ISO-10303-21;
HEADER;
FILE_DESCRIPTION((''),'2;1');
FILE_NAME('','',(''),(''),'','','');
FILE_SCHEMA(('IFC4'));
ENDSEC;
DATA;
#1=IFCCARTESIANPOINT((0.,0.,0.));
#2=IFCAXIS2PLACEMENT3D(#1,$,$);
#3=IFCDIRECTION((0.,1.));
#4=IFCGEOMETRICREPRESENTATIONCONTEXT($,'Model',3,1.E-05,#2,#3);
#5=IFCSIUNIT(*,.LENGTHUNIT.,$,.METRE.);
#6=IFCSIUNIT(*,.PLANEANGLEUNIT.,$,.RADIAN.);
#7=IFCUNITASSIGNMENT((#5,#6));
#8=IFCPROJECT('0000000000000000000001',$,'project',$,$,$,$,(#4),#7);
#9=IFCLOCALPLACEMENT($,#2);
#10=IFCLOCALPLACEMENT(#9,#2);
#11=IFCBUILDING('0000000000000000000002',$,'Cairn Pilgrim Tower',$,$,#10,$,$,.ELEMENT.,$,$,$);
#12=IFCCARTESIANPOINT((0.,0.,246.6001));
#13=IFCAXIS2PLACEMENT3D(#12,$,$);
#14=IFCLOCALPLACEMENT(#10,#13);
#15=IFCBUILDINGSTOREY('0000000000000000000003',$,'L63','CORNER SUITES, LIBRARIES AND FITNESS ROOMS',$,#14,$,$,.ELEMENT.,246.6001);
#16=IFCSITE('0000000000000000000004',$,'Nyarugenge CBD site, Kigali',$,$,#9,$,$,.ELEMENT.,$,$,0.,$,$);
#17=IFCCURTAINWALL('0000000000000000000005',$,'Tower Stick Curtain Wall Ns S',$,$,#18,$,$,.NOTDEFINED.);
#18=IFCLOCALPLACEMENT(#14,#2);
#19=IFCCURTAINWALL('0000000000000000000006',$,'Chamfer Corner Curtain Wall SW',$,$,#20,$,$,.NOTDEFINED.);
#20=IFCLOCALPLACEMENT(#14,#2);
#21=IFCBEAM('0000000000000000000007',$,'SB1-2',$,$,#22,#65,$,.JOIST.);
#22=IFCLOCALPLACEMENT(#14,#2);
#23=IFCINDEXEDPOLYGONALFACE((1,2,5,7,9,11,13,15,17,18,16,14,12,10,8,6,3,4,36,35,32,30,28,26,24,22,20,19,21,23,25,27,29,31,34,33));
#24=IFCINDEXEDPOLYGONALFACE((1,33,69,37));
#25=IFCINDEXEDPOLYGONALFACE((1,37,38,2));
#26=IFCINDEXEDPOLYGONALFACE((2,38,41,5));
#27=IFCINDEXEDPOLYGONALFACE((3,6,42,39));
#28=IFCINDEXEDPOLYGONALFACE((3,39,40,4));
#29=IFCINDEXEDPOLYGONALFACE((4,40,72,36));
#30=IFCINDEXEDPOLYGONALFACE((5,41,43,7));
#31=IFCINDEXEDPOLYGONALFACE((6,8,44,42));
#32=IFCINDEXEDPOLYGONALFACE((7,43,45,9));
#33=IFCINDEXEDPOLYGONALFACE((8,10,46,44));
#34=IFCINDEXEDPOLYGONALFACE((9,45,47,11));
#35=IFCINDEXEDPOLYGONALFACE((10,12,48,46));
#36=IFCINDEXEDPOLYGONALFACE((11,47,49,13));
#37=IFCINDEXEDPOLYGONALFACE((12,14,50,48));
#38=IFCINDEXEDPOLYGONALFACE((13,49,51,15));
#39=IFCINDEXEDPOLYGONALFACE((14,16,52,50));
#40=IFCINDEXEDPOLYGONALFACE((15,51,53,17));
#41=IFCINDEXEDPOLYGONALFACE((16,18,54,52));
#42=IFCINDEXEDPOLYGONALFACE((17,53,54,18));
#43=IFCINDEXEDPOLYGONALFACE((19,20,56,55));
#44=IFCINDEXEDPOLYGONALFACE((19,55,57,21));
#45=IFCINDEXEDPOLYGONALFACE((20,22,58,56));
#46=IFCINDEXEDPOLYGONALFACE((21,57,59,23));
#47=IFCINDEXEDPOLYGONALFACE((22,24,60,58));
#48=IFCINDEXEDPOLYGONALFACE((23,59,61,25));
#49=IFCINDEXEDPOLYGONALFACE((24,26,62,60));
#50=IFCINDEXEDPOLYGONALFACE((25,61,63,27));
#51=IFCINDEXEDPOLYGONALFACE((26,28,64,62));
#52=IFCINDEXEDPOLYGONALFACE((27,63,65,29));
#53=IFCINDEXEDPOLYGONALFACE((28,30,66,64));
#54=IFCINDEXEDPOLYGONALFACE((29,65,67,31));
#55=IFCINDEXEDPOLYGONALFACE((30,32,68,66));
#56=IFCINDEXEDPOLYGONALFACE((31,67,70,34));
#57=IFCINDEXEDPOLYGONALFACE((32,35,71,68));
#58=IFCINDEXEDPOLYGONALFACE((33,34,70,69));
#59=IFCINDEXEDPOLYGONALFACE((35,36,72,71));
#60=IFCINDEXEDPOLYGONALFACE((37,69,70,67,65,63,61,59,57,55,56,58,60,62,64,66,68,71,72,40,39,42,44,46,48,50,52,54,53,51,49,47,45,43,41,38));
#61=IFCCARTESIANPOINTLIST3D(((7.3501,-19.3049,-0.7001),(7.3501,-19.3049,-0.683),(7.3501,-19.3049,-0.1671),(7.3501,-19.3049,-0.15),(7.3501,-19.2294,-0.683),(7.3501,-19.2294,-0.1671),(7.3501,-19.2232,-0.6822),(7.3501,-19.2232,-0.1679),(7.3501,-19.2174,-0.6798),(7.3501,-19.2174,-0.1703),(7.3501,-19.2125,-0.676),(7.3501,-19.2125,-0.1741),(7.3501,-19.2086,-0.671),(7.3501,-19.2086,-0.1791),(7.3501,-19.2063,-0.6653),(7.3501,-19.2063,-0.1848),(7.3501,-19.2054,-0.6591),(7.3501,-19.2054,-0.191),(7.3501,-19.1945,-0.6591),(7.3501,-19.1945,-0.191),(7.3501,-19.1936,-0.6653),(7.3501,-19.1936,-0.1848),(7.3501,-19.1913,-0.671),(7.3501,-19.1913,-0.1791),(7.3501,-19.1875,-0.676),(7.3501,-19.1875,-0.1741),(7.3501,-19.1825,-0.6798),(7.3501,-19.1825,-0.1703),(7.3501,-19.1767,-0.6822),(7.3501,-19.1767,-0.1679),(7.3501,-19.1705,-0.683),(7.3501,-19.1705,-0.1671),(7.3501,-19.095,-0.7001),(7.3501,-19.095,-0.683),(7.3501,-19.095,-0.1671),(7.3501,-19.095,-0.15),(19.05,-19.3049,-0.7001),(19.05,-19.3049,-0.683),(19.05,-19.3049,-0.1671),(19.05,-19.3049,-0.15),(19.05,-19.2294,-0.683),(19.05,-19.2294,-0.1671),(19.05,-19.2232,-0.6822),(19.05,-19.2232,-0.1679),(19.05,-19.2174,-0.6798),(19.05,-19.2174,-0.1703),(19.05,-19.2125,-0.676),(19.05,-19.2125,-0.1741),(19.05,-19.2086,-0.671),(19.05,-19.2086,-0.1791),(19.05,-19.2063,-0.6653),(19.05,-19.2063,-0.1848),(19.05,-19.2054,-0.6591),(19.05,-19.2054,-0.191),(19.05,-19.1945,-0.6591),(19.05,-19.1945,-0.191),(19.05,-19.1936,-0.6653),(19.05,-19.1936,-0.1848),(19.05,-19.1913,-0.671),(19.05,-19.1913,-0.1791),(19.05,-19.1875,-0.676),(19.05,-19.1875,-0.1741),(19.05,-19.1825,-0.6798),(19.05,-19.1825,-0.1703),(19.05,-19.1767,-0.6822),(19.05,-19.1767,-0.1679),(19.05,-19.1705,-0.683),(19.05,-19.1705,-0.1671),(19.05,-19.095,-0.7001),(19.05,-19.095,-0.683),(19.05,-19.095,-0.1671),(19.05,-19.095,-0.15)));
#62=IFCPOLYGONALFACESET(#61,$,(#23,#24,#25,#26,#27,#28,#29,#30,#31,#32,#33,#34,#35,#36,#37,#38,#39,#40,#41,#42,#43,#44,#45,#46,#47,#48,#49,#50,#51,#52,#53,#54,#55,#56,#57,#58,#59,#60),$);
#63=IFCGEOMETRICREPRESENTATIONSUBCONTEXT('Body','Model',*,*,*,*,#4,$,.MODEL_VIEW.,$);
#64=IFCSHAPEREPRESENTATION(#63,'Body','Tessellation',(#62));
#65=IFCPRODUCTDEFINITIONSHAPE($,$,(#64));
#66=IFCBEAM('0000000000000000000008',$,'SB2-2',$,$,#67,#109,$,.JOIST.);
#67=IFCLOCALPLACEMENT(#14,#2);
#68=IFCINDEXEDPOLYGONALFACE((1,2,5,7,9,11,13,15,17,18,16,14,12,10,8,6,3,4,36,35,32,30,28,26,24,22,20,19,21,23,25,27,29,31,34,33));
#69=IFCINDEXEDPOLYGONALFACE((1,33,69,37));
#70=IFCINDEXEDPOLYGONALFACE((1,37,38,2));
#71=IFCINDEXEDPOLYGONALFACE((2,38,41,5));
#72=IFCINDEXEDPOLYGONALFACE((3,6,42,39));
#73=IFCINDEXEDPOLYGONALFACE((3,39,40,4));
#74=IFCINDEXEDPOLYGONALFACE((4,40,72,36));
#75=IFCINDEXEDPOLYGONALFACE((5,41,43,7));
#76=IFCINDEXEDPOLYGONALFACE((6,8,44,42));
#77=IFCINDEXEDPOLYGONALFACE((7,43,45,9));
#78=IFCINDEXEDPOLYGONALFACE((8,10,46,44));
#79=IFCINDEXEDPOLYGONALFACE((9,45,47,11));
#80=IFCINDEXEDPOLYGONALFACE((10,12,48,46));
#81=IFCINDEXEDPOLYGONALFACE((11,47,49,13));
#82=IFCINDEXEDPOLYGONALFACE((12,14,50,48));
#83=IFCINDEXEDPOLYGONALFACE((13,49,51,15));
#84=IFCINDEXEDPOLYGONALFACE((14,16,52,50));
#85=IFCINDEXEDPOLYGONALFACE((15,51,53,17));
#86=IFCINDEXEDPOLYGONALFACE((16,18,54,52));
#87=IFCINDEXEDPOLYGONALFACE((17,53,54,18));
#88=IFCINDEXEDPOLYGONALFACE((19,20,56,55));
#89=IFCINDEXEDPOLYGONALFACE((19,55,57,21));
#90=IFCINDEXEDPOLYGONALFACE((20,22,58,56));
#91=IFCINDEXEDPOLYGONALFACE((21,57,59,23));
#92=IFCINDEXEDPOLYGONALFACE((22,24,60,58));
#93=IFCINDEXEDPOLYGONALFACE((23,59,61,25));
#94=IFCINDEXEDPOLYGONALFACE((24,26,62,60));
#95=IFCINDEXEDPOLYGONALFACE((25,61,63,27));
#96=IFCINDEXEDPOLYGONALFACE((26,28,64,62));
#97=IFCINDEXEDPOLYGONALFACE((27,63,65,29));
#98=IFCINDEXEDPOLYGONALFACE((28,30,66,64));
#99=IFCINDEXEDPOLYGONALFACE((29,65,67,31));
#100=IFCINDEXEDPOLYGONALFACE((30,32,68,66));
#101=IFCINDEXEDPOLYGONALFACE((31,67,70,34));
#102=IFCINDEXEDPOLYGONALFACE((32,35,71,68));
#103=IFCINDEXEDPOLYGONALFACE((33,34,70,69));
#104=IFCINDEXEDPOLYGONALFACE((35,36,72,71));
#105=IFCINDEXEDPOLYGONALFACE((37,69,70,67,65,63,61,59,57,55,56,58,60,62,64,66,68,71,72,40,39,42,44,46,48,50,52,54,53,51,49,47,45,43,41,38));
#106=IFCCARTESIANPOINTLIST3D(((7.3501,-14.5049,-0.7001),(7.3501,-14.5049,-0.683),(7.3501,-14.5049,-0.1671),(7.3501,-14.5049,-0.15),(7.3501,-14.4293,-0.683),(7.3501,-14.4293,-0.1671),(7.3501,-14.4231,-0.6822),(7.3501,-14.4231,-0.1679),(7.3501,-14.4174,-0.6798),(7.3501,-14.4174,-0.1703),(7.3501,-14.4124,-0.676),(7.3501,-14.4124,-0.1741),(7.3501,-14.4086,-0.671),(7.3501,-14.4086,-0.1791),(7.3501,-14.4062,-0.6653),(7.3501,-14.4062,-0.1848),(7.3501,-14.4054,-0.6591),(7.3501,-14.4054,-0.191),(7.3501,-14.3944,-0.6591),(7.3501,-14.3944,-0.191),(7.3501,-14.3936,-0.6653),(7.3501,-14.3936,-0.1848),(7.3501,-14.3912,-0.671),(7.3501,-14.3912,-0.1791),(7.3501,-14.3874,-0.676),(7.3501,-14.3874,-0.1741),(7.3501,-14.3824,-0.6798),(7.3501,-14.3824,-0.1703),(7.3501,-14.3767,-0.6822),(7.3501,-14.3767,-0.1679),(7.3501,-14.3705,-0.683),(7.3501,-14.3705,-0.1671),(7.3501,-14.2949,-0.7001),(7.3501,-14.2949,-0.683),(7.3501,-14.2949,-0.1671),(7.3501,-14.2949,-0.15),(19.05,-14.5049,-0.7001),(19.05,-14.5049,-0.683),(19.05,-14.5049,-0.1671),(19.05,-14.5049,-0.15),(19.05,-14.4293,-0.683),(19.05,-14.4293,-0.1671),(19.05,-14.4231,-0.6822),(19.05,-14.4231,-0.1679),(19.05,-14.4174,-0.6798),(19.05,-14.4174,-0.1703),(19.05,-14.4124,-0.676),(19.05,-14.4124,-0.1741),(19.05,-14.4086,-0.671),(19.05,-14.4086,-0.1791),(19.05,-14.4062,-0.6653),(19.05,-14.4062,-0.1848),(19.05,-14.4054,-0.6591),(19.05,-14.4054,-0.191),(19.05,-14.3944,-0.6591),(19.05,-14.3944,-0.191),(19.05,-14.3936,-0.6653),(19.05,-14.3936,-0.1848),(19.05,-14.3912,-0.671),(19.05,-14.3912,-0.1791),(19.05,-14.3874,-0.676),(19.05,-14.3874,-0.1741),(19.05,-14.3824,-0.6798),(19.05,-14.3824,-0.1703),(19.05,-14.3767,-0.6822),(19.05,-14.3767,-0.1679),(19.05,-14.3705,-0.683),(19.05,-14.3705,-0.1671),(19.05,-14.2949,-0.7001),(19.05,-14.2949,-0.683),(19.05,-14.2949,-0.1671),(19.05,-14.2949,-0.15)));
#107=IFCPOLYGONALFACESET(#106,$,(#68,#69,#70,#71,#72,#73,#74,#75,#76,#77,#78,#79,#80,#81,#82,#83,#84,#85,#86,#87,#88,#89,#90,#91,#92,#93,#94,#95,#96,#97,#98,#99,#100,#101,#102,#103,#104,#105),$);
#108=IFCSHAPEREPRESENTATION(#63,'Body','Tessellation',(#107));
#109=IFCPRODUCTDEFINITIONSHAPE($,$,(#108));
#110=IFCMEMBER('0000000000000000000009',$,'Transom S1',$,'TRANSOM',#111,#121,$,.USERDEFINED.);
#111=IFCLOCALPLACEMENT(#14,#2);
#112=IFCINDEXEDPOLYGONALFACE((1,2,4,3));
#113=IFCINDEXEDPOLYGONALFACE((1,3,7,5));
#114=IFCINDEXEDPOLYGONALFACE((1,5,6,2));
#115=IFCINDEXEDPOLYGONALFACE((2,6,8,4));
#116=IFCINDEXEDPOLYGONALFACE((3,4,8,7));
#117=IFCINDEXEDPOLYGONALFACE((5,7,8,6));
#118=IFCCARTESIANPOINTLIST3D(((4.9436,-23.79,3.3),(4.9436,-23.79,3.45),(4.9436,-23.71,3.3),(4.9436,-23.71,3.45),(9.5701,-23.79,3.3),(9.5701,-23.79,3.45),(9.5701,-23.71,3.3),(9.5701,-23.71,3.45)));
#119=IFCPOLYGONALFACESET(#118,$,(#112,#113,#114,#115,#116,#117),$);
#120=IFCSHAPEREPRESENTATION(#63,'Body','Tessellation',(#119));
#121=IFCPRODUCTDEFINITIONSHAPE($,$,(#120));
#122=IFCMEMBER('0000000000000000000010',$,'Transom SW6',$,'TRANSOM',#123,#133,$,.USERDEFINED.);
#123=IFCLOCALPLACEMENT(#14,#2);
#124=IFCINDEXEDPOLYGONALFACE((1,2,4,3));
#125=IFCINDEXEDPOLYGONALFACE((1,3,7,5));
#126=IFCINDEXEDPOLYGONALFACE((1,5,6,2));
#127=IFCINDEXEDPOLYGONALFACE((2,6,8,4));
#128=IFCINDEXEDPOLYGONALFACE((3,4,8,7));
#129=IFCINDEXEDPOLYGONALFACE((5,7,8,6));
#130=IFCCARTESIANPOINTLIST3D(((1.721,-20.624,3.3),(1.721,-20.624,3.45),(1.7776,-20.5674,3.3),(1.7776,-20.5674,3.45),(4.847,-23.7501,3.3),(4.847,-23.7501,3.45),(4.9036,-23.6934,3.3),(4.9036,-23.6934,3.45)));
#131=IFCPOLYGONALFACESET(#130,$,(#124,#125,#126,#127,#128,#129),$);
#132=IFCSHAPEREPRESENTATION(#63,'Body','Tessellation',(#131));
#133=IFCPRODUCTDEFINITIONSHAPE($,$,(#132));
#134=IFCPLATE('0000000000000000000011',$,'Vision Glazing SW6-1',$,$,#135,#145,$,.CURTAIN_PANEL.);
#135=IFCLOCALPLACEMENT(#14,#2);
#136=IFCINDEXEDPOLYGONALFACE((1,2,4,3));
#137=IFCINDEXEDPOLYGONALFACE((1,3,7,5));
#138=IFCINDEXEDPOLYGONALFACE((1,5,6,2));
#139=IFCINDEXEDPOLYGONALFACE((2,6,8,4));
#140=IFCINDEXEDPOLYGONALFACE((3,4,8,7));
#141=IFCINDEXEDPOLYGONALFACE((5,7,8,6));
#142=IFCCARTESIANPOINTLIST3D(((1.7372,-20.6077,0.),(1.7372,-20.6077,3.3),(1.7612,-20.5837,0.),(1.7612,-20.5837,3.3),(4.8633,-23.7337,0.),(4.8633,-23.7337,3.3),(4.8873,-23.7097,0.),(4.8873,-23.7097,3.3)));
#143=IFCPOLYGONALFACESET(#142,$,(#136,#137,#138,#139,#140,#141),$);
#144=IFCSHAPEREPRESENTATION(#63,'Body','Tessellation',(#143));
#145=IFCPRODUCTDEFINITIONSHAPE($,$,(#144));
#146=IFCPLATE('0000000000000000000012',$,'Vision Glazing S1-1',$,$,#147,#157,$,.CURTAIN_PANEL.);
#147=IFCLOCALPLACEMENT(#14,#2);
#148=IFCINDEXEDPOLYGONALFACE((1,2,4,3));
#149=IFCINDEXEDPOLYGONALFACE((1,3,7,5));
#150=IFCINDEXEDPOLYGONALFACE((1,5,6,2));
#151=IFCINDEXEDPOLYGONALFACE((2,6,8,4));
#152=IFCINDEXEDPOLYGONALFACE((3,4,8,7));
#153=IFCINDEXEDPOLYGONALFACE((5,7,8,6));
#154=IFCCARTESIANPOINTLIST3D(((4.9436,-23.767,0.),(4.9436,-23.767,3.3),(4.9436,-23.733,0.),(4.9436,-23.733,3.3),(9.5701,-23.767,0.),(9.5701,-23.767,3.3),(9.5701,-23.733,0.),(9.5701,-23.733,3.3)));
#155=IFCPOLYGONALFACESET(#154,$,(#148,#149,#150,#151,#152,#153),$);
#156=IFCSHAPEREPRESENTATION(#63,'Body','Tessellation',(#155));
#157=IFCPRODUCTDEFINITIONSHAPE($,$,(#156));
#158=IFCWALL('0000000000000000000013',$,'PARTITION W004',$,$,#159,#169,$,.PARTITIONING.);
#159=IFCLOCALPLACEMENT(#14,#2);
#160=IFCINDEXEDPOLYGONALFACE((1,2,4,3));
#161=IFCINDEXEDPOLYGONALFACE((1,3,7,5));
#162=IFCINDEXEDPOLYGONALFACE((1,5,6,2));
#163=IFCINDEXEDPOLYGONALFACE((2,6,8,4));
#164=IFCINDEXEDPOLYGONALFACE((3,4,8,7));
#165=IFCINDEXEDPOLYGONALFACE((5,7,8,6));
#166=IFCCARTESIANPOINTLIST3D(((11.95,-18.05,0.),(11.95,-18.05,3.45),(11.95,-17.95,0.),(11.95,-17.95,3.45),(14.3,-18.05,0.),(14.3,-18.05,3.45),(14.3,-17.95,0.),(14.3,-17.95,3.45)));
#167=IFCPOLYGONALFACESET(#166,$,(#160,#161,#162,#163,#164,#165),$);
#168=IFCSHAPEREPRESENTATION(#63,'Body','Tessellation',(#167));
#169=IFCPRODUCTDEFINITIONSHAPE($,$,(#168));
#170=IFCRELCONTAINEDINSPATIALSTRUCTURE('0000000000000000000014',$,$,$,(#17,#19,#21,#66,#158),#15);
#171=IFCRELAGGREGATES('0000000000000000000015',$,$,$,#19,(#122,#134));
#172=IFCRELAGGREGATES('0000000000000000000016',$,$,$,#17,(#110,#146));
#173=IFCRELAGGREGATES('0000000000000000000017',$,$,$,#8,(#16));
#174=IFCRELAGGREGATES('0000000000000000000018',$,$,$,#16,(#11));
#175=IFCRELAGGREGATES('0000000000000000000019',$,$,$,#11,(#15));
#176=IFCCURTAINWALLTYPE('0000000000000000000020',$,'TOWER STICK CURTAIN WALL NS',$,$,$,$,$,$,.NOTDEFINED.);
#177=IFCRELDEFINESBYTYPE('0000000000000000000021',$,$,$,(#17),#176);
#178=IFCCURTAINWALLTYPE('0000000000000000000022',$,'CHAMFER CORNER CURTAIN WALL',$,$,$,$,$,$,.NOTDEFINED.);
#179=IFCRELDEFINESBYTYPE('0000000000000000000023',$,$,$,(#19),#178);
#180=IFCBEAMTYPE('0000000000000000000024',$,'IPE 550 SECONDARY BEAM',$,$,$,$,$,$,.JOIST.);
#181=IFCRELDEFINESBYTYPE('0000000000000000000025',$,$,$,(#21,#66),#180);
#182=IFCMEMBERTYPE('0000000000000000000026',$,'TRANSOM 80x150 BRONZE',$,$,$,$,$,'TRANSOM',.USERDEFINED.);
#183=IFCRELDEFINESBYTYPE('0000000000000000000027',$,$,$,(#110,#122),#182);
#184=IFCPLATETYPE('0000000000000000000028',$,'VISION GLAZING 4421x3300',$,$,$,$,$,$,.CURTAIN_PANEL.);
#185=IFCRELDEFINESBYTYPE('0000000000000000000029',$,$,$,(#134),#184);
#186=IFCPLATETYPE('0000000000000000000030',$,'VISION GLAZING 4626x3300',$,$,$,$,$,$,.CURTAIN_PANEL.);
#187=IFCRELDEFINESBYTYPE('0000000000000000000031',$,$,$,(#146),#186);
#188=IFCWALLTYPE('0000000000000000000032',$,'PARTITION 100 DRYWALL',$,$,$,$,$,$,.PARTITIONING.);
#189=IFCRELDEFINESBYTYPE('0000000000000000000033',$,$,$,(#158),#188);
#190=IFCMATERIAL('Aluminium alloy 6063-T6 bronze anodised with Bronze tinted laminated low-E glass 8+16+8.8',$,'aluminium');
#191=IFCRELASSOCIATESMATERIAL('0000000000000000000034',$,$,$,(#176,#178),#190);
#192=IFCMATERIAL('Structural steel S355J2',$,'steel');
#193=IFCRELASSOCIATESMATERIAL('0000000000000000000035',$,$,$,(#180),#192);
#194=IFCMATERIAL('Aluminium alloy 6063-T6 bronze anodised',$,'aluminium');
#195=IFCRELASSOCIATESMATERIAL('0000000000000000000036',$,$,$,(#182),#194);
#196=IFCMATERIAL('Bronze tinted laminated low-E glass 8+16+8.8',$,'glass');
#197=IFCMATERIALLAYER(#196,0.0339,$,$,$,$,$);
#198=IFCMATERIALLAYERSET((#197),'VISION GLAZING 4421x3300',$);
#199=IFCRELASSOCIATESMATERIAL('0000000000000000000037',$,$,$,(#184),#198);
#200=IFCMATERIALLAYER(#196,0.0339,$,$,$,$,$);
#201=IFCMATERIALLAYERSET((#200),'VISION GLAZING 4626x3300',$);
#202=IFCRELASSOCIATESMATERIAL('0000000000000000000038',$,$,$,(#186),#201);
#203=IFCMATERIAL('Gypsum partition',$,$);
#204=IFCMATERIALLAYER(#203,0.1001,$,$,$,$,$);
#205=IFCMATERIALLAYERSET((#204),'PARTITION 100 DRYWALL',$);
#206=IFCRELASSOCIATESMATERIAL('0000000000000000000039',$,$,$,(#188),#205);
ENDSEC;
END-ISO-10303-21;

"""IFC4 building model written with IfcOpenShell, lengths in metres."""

from ifc_helpers import new_model, si_unit, direction, frame, frame_2d, origin, origin_2d, place, context, subcontext, project, spatial, rectangle, i_section, extrude, material, layer, layer_set, material_profile, profile_set, type_object, element, aggregate, save


model = new_model("IFC4")

# Units and contexts
model_context = context("Model", 3, precision=1e-05, world=origin(), true_north=direction((0.0, 1.0)))
body_context = subcontext(model_context, "Body", "Model", "MODEL_VIEW")
ifc_project = project(units=[si_unit("LENGTHUNIT", "METRE"), si_unit("PLANEANGLEUNIT", "RADIAN")], contexts=[model_context])

# Site, building, storey
site_placement = place(None, origin())
site = spatial("IfcSite", under=ifc_project, at=site_placement, Name="Nyarugenge CBD site, Kigali", CompositionType="ELEMENT", RefElevation=0.0)
building_placement = place(site_placement, origin())
building = spatial("IfcBuilding", under=site, at=building_placement, Name="Cairn Pilgrim Tower", CompositionType="ELEMENT")
storey_placement = place(building_placement, frame((0.0, 0.0, 246.6001)))
storey = spatial("IfcBuildingStorey", under=building, at=storey_placement, Name="L63", Description="CORNER SUITES, LIBRARIES AND FITNESS ROOMS", CompositionType="ELEMENT", Elevation=246.6001)

# Curtain wall
ifc_material_1 = material(Name="Aluminium alloy 6063-T6 bronze anodised with Bronze tinted laminated low-E glass 8+16+8.8", Category="aluminium")
curtain_wall_type_1 = type_object("IfcCurtainWallType", Name="TOWER STICK CURTAIN WALL NS", PredefinedType="NOTDEFINED", material=ifc_material_1)
curtain_wall_1_placement = place(storey_placement, origin())
curtain_wall_1 = element("IfcCurtainWall", 1, at=curtain_wall_1_placement, inside=storey, type_object=curtain_wall_type_1, Name="Tower Stick Curtain Wall Ns S", PredefinedType="NOTDEFINED")
ifc_material_2 = material(Name="Aluminium alloy 6063-T6 bronze anodised", Category="aluminium")

# Curtain wall
curtain_wall_type_2 = type_object("IfcCurtainWallType", Name="CHAMFER CORNER CURTAIN WALL", PredefinedType="NOTDEFINED", material=ifc_material_1)
curtain_wall_2_placement = place(storey_placement, origin())
curtain_wall_2 = element("IfcCurtainWall", 2, at=curtain_wall_2_placement, inside=storey, type_object=curtain_wall_type_2, Name="Chamfer Corner Curtain Wall SW", PredefinedType="NOTDEFINED")

# Beams
ifc_material_3 = material(Name="Structural steel S355J2", Category="steel")
ifc_material_profile_1 = material_profile(ifc_material_3, i_section(OverallWidth=0.21, OverallDepth=0.55, WebThickness=0.011, FlangeThickness=0.0171, FilletRadius=0.0239, at=origin_2d()), Name="IPE 550")
ifc_profile_set_1 = profile_set([ifc_material_profile_1], Name="Structural steel S355J2")
beam_type_1 = type_object("IfcBeamType", Name="IPE 550 SECONDARY BEAM", PredefinedType="JOIST", material=ifc_profile_set_1)
for number, where, z_axis, x_axis, name in (
    (3, (7.3501, -19.2, -0.425), (1.0, 0.0, 0.0), (0.0, 1.0, 0.0), "SB1-2"),
    (4, (7.3501, -14.3999, -0.425), (1.0, 0.0, 0.0), (0.0, 1.0, 0.0), "SB2-2"),
):
    element("IfcBeam", number, at=place(storey_placement, frame(where, z_axis=z_axis, x_axis=x_axis)), inside=storey, type_object=beam_type_1, Name=name, PredefinedType="JOIST", context=body_context, shape_type="SweptSolid", body=[
        extrude(i_section(OverallWidth=0.21, OverallDepth=0.55, WebThickness=0.011, FlangeThickness=0.0171, FilletRadius=0.0239, at=origin_2d()), origin(), (0.0, 0.0, 1.0), 11.7),
    ])

# Members
ifc_material_profile_2 = material_profile(ifc_material_2, rectangle(XDim=0.0801, YDim=0.1499, at=origin_2d()), Name="TRANSOM 80x150 BRONZE")
ifc_profile_set_2 = profile_set([ifc_material_profile_2], Name="Aluminium alloy 6063-T6 bronze anodised")
member_type_1 = type_object("IfcMemberType", Name="TRANSOM 80x150 BRONZE", ElementType="TRANSOM", PredefinedType="USERDEFINED", material=ifc_profile_set_2)
member_1_placement = place(storey_placement, frame((4.9436, -23.75, 3.375), z_axis=(1.0, 0.0, 0.0), x_axis=(0.0, 1.0, 0.0)))
member_1 = element("IfcMember", 5, at=member_1_placement, type_object=member_type_1, Name="Transom S1", ObjectType="TRANSOM", PredefinedType="USERDEFINED", context=body_context, shape_type="SweptSolid", body=[
    extrude(rectangle(XDim=0.0801, YDim=0.1499, at=origin_2d()), origin(), (0.0, 0.0, 1.0), 4.6265),
])
member_2_placement = place(storey_placement, frame((1.7493, -20.5957, 3.375), z_axis=(0.707107, -0.707107, 0.0), x_axis=(0.707107, 0.707107, 0.0)))
member_2 = element("IfcMember", 6, at=member_2_placement, type_object=member_type_1, Name="Transom SW6", ObjectType="TRANSOM", PredefinedType="USERDEFINED", context=body_context, shape_type="SweptSolid", body=[
    extrude(rectangle(XDim=0.0801, YDim=0.1499, at=origin_2d()), origin(), (0.0, 0.0, 1.0), 4.4209),
])

# Plates
ifc_material_4 = material(Name="Bronze tinted laminated low-E glass 8+16+8.8", Category="glass")
ifc_layer_1 = layer(ifc_material_4, 0.0339)
ifc_layer_set_1 = layer_set([ifc_layer_1], Name="VISION GLAZING 4421x3300")
plate_type_1 = type_object("IfcPlateType", Name="VISION GLAZING 4421x3300", PredefinedType="CURTAIN_PANEL", material=ifc_layer_set_1)
plate_1_placement = place(storey_placement, frame((3.3123, -22.1587, 0.0), z_axis=(0.0, 0.0, 1.0), x_axis=(0.707107, -0.707107, 0.0)))
plate_1 = element("IfcPlate", 7, at=plate_1_placement, type_object=plate_type_1, Name="Vision Glazing SW6-1", PredefinedType="CURTAIN_PANEL", context=body_context, shape_type="SweptSolid", body=[
    extrude(rectangle(XDim=4.4209, YDim=0.0339, at=origin_2d()), origin(), (0.0, 0.0, 1.0), 3.3),
])
aggregate(curtain_wall_2, [member_2, plate_1])
ifc_layer_2 = layer(ifc_material_4, 0.0339)
ifc_layer_set_2 = layer_set([ifc_layer_2], Name="VISION GLAZING 4626x3300")
plate_type_2 = type_object("IfcPlateType", Name="VISION GLAZING 4626x3300", PredefinedType="CURTAIN_PANEL", material=ifc_layer_set_2)
plate_2_placement = place(storey_placement, frame((7.2568, -23.75, 0.0), z_axis=(0.0, 0.0, 1.0), x_axis=(1.0, 0.0, 0.0)))
plate_2 = element("IfcPlate", 8, at=plate_2_placement, type_object=plate_type_2, Name="Vision Glazing S1-1", PredefinedType="CURTAIN_PANEL", context=body_context, shape_type="SweptSolid", body=[
    extrude(rectangle(XDim=4.6265, YDim=0.0339, at=origin_2d()), origin(), (0.0, 0.0, 1.0), 3.3),
])
aggregate(curtain_wall_1, [member_1, plate_2])

# Wall
ifc_material_5 = material(Name="Gypsum partition")
ifc_layer_3 = layer(ifc_material_5, 0.1001)
ifc_layer_set_3 = layer_set([ifc_layer_3], Name="PARTITION 100 DRYWALL")
wall_type_1 = type_object("IfcWallType", Name="PARTITION 100 DRYWALL", PredefinedType="PARTITIONING", material=ifc_layer_set_3)
wall_1_placement = place(storey_placement, frame((11.95, -18.0, 0.0), z_axis=(0.0, 0.0, 1.0), x_axis=(1.0, 0.0, 0.0)))
element("IfcWall", 9, at=wall_1_placement, inside=storey, type_object=wall_type_1, Name="PARTITION W004", PredefinedType="PARTITIONING", context=body_context, shape_type="SweptSolid", body=[
    extrude(rectangle(XDim=2.3501, YDim=0.1001, at=frame_2d((1.175, 0.0))), origin(), (0.0, 0.0, 1.0), 3.45),
])

save(model, "model.ifc")
